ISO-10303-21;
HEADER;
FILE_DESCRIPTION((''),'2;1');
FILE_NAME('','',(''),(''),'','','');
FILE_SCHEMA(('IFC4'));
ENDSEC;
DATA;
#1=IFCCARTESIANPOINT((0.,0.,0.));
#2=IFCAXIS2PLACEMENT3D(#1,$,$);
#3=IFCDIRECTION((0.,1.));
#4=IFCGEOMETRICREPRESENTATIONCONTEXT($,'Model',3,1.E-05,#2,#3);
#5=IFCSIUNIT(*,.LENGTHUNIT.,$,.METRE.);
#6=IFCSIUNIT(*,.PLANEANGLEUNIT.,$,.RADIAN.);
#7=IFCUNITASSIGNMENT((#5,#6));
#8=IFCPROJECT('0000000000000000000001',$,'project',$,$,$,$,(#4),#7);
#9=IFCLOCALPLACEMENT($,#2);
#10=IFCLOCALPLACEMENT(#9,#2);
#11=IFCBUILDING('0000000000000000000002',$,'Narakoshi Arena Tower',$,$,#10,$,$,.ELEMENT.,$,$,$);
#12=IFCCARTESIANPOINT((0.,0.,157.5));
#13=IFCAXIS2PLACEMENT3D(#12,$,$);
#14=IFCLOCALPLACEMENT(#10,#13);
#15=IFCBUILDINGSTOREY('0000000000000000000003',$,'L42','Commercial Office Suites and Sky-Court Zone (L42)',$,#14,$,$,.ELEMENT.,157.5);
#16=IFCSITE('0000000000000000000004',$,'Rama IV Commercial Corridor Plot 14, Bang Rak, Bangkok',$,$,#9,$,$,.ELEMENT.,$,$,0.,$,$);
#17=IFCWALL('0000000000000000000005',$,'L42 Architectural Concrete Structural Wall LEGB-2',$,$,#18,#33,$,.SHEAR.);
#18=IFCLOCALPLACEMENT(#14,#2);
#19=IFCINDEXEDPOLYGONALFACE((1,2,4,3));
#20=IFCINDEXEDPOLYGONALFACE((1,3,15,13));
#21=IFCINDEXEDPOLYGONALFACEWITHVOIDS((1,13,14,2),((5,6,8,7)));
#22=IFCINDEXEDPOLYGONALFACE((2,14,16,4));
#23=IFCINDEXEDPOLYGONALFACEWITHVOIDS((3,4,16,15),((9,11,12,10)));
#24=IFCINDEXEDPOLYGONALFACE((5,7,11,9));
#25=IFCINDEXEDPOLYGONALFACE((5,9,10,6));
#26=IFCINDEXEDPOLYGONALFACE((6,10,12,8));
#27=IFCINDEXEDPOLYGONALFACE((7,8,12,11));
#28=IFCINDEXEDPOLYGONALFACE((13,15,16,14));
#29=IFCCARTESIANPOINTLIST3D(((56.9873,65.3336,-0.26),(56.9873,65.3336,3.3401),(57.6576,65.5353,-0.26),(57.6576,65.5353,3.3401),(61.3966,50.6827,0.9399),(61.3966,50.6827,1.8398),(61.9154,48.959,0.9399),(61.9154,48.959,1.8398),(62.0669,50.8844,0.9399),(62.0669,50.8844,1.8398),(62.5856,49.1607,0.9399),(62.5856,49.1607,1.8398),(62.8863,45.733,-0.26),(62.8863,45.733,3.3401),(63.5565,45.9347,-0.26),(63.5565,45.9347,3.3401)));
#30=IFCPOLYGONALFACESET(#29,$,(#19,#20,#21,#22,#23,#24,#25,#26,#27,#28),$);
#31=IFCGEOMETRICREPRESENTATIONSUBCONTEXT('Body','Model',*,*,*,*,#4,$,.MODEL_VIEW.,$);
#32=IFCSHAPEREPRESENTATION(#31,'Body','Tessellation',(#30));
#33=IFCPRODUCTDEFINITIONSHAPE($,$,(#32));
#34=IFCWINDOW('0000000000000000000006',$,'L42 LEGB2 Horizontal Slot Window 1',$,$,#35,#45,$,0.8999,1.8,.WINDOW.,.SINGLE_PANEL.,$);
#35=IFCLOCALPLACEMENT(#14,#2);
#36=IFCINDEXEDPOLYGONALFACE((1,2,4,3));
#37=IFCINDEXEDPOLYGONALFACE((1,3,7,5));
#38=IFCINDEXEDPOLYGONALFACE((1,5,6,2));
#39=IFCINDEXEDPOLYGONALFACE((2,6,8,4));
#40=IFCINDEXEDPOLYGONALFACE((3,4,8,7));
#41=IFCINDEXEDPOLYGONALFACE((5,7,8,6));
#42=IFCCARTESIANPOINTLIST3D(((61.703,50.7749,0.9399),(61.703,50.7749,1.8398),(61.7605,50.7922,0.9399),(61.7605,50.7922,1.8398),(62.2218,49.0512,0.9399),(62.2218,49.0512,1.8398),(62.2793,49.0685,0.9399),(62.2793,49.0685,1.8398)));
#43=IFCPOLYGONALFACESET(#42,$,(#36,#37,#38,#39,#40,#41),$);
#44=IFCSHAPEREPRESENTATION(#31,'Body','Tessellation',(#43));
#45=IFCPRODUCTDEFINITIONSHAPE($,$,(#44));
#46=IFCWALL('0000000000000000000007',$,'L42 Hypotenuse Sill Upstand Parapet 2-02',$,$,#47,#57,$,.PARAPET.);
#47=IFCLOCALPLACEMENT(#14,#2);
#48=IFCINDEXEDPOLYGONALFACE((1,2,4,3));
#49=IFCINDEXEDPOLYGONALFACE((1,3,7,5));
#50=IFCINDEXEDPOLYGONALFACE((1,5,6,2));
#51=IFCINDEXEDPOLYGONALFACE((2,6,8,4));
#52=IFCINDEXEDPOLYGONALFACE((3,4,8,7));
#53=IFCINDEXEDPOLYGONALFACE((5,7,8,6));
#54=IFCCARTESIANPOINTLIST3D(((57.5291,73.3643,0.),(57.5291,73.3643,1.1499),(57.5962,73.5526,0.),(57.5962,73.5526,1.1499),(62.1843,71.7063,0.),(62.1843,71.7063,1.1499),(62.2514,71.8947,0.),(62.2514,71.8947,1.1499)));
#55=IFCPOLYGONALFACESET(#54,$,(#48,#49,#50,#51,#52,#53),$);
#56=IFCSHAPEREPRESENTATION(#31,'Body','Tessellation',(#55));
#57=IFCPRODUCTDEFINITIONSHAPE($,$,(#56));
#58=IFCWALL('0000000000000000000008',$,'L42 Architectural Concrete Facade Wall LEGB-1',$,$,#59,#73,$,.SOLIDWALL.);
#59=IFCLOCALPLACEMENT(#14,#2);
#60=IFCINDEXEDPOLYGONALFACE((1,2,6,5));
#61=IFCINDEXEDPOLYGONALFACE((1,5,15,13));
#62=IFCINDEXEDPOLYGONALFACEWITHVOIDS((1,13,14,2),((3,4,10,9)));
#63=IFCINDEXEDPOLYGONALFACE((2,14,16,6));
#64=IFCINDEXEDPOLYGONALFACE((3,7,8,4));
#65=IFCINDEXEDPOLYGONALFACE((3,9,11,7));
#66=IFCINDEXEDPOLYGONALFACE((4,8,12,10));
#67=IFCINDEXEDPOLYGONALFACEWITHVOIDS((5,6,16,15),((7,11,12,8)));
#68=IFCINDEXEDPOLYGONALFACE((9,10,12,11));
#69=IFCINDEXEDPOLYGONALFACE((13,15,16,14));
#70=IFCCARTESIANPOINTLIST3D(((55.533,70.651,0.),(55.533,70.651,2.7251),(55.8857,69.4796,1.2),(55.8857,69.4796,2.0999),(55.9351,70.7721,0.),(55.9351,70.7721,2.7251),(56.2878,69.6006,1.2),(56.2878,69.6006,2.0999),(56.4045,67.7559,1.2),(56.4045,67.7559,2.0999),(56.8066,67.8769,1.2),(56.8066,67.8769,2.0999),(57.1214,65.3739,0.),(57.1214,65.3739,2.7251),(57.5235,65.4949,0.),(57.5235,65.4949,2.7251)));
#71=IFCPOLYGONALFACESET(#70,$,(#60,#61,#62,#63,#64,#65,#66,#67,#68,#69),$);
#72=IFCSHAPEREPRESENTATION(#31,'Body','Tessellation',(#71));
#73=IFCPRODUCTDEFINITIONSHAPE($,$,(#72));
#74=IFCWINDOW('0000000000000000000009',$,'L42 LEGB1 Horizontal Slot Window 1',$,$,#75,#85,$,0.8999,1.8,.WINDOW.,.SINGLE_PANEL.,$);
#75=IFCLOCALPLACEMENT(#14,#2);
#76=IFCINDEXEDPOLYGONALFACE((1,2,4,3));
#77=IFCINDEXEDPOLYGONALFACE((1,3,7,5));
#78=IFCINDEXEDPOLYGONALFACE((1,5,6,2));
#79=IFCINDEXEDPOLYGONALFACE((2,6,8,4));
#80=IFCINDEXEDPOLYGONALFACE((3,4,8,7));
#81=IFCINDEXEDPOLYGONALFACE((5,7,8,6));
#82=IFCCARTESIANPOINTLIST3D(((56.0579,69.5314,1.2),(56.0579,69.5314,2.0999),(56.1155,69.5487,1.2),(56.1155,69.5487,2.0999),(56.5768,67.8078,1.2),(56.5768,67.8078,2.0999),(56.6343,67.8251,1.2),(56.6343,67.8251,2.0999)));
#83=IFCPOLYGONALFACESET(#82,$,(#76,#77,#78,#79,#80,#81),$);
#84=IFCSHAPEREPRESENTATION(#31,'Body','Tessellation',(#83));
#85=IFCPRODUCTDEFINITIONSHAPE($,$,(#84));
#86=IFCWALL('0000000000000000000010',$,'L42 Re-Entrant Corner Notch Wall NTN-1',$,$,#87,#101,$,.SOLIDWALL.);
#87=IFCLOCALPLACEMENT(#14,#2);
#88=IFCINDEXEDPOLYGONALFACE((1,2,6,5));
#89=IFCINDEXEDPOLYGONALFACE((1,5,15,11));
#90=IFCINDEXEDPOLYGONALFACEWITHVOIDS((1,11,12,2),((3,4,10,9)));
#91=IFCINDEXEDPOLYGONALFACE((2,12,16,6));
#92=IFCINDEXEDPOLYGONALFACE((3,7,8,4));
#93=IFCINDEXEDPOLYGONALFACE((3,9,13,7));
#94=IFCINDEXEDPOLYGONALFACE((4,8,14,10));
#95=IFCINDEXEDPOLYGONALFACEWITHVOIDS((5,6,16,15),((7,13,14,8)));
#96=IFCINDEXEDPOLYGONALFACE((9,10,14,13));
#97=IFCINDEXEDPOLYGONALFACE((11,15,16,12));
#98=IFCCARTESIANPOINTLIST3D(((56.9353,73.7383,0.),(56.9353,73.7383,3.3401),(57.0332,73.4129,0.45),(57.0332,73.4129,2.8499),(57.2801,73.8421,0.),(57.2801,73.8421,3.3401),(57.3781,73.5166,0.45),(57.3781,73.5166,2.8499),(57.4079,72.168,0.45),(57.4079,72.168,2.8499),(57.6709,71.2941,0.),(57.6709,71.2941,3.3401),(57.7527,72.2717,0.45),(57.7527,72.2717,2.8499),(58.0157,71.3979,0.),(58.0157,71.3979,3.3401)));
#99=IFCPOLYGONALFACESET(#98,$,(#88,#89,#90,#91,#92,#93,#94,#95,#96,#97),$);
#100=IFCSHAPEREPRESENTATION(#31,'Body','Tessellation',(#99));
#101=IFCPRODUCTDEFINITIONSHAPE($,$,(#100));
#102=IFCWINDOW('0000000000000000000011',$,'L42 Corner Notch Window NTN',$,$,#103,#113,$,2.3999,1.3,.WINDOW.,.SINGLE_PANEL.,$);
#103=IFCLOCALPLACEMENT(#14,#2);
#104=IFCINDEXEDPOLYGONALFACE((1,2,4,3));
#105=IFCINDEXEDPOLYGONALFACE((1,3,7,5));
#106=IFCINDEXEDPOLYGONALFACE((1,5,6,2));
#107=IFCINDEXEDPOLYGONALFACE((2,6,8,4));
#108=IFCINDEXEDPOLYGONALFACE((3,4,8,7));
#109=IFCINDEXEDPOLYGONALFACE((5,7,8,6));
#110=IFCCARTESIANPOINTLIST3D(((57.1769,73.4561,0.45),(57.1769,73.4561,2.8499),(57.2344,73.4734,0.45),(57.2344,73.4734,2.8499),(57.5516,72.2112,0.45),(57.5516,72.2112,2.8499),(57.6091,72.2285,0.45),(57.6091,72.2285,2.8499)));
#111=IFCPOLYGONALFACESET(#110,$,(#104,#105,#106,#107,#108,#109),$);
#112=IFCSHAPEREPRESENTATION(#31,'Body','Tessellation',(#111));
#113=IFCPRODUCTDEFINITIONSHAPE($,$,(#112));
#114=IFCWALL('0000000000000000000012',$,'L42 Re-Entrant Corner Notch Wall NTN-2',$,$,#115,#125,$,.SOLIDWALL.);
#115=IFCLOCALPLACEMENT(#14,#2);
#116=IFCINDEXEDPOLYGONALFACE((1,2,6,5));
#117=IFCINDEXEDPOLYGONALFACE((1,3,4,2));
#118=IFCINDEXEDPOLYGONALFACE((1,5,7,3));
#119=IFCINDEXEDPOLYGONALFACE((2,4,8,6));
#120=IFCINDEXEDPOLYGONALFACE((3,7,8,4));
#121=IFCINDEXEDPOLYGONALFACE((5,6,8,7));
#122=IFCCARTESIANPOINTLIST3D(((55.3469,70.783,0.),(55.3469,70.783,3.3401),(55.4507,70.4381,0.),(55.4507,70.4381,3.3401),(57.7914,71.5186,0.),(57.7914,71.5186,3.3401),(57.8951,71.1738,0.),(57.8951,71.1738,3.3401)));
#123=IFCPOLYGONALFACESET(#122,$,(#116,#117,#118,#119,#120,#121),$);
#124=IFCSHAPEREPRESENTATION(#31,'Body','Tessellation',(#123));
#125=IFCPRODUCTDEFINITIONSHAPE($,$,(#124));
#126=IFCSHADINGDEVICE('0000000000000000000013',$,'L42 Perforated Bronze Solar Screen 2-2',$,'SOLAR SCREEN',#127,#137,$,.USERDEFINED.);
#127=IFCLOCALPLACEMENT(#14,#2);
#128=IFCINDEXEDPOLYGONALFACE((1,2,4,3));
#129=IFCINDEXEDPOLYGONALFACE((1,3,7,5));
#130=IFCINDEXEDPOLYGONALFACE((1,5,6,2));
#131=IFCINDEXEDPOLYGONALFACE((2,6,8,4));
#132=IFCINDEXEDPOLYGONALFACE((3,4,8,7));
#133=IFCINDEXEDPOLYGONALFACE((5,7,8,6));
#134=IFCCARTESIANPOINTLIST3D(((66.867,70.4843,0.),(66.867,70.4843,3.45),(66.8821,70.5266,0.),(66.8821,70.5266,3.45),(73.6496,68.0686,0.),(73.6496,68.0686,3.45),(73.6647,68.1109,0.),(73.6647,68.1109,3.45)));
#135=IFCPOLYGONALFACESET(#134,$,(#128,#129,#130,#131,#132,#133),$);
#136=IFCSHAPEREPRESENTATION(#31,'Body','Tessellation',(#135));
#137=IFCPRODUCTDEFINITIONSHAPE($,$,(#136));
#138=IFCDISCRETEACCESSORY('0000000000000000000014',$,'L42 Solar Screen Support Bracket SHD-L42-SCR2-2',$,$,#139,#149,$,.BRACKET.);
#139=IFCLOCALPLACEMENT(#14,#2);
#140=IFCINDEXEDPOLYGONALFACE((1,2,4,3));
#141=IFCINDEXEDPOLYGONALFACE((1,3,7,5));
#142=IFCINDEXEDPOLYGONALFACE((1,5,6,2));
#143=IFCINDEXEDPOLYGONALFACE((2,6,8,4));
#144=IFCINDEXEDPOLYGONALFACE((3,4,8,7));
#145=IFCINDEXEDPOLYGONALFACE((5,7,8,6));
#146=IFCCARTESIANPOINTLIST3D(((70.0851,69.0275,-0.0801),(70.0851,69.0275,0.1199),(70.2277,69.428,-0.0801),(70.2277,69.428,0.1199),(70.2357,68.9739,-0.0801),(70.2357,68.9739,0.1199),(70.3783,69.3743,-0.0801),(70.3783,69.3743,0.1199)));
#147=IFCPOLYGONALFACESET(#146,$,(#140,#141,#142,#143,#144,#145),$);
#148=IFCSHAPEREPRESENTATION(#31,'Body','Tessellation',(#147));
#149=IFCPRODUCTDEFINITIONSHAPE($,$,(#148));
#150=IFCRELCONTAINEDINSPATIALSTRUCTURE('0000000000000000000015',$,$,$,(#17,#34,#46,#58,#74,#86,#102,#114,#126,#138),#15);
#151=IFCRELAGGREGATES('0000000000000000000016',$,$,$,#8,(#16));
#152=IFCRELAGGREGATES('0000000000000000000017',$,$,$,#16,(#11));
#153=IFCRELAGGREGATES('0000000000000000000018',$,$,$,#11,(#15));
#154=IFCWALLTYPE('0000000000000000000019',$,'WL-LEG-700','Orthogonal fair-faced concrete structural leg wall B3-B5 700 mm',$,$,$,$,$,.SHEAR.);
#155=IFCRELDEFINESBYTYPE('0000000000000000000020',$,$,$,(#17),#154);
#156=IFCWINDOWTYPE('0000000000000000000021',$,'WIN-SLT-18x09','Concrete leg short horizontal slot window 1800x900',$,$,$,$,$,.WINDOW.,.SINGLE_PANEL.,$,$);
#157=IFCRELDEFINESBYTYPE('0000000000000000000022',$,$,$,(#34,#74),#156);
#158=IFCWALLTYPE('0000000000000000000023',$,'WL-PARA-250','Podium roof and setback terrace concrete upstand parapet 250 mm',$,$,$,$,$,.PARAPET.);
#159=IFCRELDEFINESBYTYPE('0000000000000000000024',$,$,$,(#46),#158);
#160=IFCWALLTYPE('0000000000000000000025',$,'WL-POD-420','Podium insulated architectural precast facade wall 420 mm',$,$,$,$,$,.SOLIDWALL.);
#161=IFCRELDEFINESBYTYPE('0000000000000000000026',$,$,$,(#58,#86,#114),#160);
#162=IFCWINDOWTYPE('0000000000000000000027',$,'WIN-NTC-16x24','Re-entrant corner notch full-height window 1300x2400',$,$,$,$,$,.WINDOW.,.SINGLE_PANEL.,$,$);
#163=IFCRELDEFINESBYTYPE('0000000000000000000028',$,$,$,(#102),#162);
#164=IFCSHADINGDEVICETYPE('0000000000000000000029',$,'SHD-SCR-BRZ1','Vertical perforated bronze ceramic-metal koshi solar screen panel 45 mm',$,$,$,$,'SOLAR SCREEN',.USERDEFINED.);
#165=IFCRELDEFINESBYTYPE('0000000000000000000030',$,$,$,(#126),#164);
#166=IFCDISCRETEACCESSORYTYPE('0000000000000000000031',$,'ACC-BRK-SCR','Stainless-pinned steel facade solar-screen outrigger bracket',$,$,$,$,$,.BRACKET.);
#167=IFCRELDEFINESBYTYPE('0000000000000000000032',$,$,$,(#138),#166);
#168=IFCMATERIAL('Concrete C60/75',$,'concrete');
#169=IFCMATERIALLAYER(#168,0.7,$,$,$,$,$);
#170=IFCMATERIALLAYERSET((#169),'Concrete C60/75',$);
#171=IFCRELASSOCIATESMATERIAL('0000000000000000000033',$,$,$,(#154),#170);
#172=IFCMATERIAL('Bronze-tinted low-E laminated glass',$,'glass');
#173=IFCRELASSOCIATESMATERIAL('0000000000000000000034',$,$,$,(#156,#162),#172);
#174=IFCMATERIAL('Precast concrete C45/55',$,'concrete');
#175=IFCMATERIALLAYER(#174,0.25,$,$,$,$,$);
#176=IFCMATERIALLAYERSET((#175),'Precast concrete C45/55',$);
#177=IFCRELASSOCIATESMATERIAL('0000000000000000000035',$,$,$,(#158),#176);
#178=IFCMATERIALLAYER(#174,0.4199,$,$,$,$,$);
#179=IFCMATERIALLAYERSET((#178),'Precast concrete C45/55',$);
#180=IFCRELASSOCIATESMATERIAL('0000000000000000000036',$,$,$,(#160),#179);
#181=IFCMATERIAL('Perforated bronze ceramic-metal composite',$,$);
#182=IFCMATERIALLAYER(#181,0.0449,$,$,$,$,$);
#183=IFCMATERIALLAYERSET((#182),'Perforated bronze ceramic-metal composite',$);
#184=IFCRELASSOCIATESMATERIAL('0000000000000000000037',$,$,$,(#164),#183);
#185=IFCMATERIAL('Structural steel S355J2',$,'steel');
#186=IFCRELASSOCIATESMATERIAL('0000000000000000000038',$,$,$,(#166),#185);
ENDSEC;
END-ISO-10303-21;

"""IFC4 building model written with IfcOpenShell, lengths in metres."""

from ifc_helpers import new_model, si_unit, direction, frame, frame_2d, origin, origin_2d, place, context, subcontext, project, spatial, rectangle, extrude, material, layer, layer_set, type_object, element, fill, save


model = new_model("IFC4")

# Units and contexts
model_context = context("Model", 3, precision=1e-05, world=origin(), true_north=direction((0.0, 1.0)))
body_context = subcontext(model_context, "Body", "Model", "MODEL_VIEW")
ifc_project = project(units=[si_unit("LENGTHUNIT", "METRE"), si_unit("PLANEANGLEUNIT", "RADIAN")], contexts=[model_context])

# Site, building, storey
site_placement = place(None, origin())
site = spatial("IfcSite", under=ifc_project, at=site_placement, Name="Rama IV Commercial Corridor Plot 14, Bang Rak, Bangkok", CompositionType="ELEMENT", RefElevation=0.0)
building_placement = place(site_placement, origin())
building = spatial("IfcBuilding", under=site, at=building_placement, Name="Narakoshi Arena Tower", CompositionType="ELEMENT")
storey_placement = place(building_placement, frame((0.0, 0.0, 157.5)))
storey = spatial("IfcBuildingStorey", under=building, at=storey_placement, Name="L42", Description="Commercial Office Suites and Sky-Court Zone (L42)", CompositionType="ELEMENT", Elevation=157.5)

# Shared definitions
ifc_material_1 = material(Name="Concrete C60/75", Category="concrete")

# Shared definitions
ifc_material_2 = material(Name="Structural steel S355J2", Category="steel")

# Shared definitions
ifc_material_3 = material(Name="Bronze-tinted low-E laminated glass", Category="glass")

# Wall, opening, window
ifc_layer_1 = layer(ifc_material_1, 0.7)
ifc_layer_set_1 = layer_set([ifc_layer_1], Name="Concrete C60/75")
wall_type_1 = type_object("IfcWallType", Name="WL-LEG-700", Description="Orthogonal fair-faced concrete structural leg wall B3-B5 700 mm", PredefinedType="SHEAR", material=ifc_layer_set_1)
wall_1_placement = place(storey_placement, frame((57.3225, 65.4343, -0.26), z_axis=(0.0, 0.0, 1.0), x_axis=(0.288188, -0.957574, 0.0)))
wall_1 = element("IfcWall", 1, at=wall_1_placement, inside=storey, type_object=wall_type_1, Name="L42 Architectural Concrete Structural Wall LEGB-2", PredefinedType="SHEAR", context=body_context, shape_type="SweptSolid", body=[
    extrude(rectangle(XDim=20.469, YDim=0.7, at=frame_2d((10.2344, 0.0))), origin(), (0.0, 0.0, 1.0), 3.6001),
])
opening_1_placement = place(wall_1_placement, frame((15.3, 0.0, 1.2)))
opening_1 = element("IfcOpeningElement", 2, at=opening_1_placement, cuts=wall_1, PredefinedType="OPENING", context=body_context, shape_type="SweptSolid", body=[
    extrude(rectangle(XDim=1.8, YDim=0.8999, at=frame_2d((0.8999, 0.45))), frame((0.0, 0.3599, 0.0), z_axis=(0.0, -1.0, 0.0), x_axis=(1.0, 0.0, 0.0)), (0.0, 0.0, 1.0), 0.72),
])
window_type_1 = type_object("IfcWindowType", Name="WIN-SLT-18x09", Description="Concrete leg short horizontal slot window 1800x900", PartitioningType="SINGLE_PANEL", PredefinedType="WINDOW", material=ifc_material_3)
window_1_placement = place(opening_1_placement, origin())
window_1 = element("IfcWindow", 3, at=window_1_placement, inside=storey, type_object=window_type_1, Name="L42 LEGB2 Horizontal Slot Window 1", OverallHeight=0.8999, OverallWidth=1.8, PartitioningType="SINGLE_PANEL", PredefinedType="WINDOW", context=body_context, shape_type="SweptSolid", body=[
    extrude(rectangle(XDim=1.8, YDim=0.8999, at=frame_2d((0.8999, 0.45))), frame((0.0, 0.03, 0.0), z_axis=(0.0, -1.0, 0.0), x_axis=(1.0, 0.0, 0.0)), (0.0, 0.0, 1.0), 0.0601),
])
fill(opening_1, window_1)

# Wall
ifc_material_4 = material(Name="Precast concrete C45/55", Category="concrete")
ifc_layer_2 = layer(ifc_material_4, 0.25)
ifc_layer_set_2 = layer_set([ifc_layer_2], Name="Precast concrete C45/55")
wall_type_2 = type_object("IfcWallType", Name="WL-PARA-250", Description="Podium roof and setback terrace concrete upstand parapet 250 mm", PredefinedType="PARAPET", material=ifc_layer_set_2)
wall_2_placement = place(storey_placement, frame((62.2178, 71.8005, 0.0), z_axis=(0.0, 0.0, 1.0), x_axis=(-0.942039, 0.335504, 0.0)))
element("IfcWall", 4, at=wall_2_placement, inside=storey, type_object=wall_type_2, Name="L42 Hypotenuse Sill Upstand Parapet 2-02", PredefinedType="PARAPET", context=body_context, shape_type="SweptSolid", body=[
    extrude(rectangle(XDim=4.9417, YDim=0.2, at=frame_2d((2.4707, 0.0))), origin(), (0.0, 0.0, 1.0), 1.1499),
])

# Walls, openings, windows
ifc_layer_3 = layer(ifc_material_4, 0.4199)
ifc_layer_set_3 = layer_set([ifc_layer_3], Name="Precast concrete C45/55")
wall_type_3 = type_object("IfcWallType", Name="WL-POD-420", Description="Podium insulated architectural precast facade wall 420 mm", PredefinedType="SOLIDWALL", material=ifc_layer_set_3)
wall_3_placement = place(storey_placement, frame((55.7341, 70.7114, 0.0), z_axis=(0.0, 0.0, 1.0), x_axis=(0.288222, -0.957564, 0.0)))
wall_3 = element("IfcWall", 5, at=wall_3_placement, inside=storey, type_object=wall_type_3, Name="L42 Architectural Concrete Facade Wall LEGB-1", PredefinedType="SOLIDWALL", context=body_context, shape_type="SweptSolid", body=[
    extrude(rectangle(XDim=5.511, YDim=0.4199, at=frame_2d((2.7554, 0.0))), origin(), (0.0, 0.0, 1.0), 2.7251),
])
opening_2_placement = place(wall_3_placement, frame((1.2234, 0.0, 1.2)))
opening_2 = element("IfcOpeningElement", 6, at=opening_2_placement, cuts=wall_3, PredefinedType="OPENING", context=body_context, shape_type="SweptSolid", body=[
    extrude(rectangle(XDim=1.8, YDim=0.8999, at=frame_2d((0.8999, 0.45))), frame((0.0, 0.22, 0.0), z_axis=(0.0, -1.0, 0.0), x_axis=(1.0, 0.0, 0.0)), (0.0, 0.0, 1.0), 0.4399),
])
window_2_placement = place(opening_2_placement, origin())
window_2 = element("IfcWindow", 7, at=window_2_placement, inside=storey, type_object=window_type_1, Name="L42 LEGB1 Horizontal Slot Window 1", OverallHeight=0.8999, OverallWidth=1.8, PartitioningType="SINGLE_PANEL", PredefinedType="WINDOW", context=body_context, shape_type="SweptSolid", body=[
    extrude(rectangle(XDim=1.8, YDim=0.8999, at=frame_2d((0.8999, 0.45))), frame((0.0, 0.03, 0.0), z_axis=(0.0, -1.0, 0.0), x_axis=(1.0, 0.0, 0.0)), (0.0, 0.0, 1.0), 0.0601),
])
fill(opening_2, window_2)
wall_4_placement = place(storey_placement, frame((57.1077, 73.7903, 0.0), z_axis=(0.0, 0.0, 1.0), x_axis=(0.288199, -0.957571, 0.0)))
wall_4 = element("IfcWall", 8, at=wall_4_placement, inside=storey, type_object=wall_type_3, Name="L42 Re-Entrant Corner Notch Wall NTN-1", PredefinedType="SOLIDWALL", context=body_context, shape_type="SweptSolid", body=[
    extrude(rectangle(XDim=2.5525, YDim=0.3601, at=frame_2d((1.2764, 0.0))), origin(), (0.0, 0.0, 1.0), 3.3401),
])
opening_3_placement = place(wall_4_placement, frame((0.3401, 0.0, 0.45)))
opening_3 = element("IfcOpeningElement", 9, at=opening_3_placement, cuts=wall_4, PredefinedType="OPENING", context=body_context, shape_type="SweptSolid", body=[
    extrude(rectangle(XDim=1.3, YDim=2.3999, at=frame_2d((0.6499, 1.2))), frame((0.0, 0.1899, 0.0), z_axis=(0.0, -1.0, 0.0), x_axis=(1.0, 0.0, 0.0)), (0.0, 0.0, 1.0), 0.3801),
])
window_type_2 = type_object("IfcWindowType", Name="WIN-NTC-16x24", Description="Re-entrant corner notch full-height window 1300x2400", PartitioningType="SINGLE_PANEL", PredefinedType="WINDOW", material=ifc_material_3)
window_3_placement = place(opening_3_placement, origin())
window_3 = element("IfcWindow", 10, at=window_3_placement, inside=storey, type_object=window_type_2, Name="L42 Corner Notch Window NTN", OverallHeight=2.3999, OverallWidth=1.3, PartitioningType="SINGLE_PANEL", PredefinedType="WINDOW", context=body_context, shape_type="SweptSolid", body=[
    extrude(rectangle(XDim=1.3, YDim=2.3999, at=frame_2d((0.6499, 1.2))), frame((0.0, 0.03, 0.0), z_axis=(0.0, -1.0, 0.0), x_axis=(1.0, 0.0, 0.0)), (0.0, 0.0, 1.0), 0.0601),
])
fill(opening_3, window_3)

# Wall
wall_5_placement = place(storey_placement, frame((57.8433, 71.3462, 0.0), z_axis=(0.0, 0.0, 1.0), x_axis=(-0.957578, -0.288173, 0.0)))
element("IfcWall", 11, at=wall_5_placement, inside=storey, type_object=wall_type_3, Name="L42 Re-Entrant Corner Notch Wall NTN-2", PredefinedType="SOLIDWALL", context=body_context, shape_type="SweptSolid", body=[
    extrude(rectangle(XDim=2.5527, YDim=0.3601, at=frame_2d((1.2764, 0.0))), origin(), (0.0, 0.0, 1.0), 3.3401),
])

# Shading device
ifc_material_5 = material(Name="Perforated bronze ceramic-metal composite")
ifc_layer_4 = layer(ifc_material_5, 0.0449)
ifc_layer_set_4 = layer_set([ifc_layer_4], Name="Perforated bronze ceramic-metal composite")
shading_device_type = type_object("IfcShadingDeviceType", Name="SHD-SCR-BRZ1", Description="Vertical perforated bronze ceramic-metal koshi solar screen panel 45 mm", ElementType="SOLAR SCREEN", PredefinedType="USERDEFINED", material=ifc_layer_set_4)
shading_device_placement = place(storey_placement, frame((70.2659, 69.2976, 0.0), z_axis=(0.0, 0.0, 1.0), x_axis=(-0.942034, 0.335517, 0.0)))
element("IfcShadingDevice", 12, at=shading_device_placement, inside=storey, type_object=shading_device_type, Name="L42 Perforated Bronze Solar Screen 2-2", ObjectType="SOLAR SCREEN", PredefinedType="USERDEFINED", context=body_context, shape_type="SweptSolid", body=[
    extrude(rectangle(XDim=7.2, YDim=0.0449, at=origin_2d()), origin(), (0.0, 0.0, 1.0), 3.45),
])

# Discrete accessory
discrete_accessory_type = type_object("IfcDiscreteAccessoryType", Name="ACC-BRK-SCR", Description="Stainless-pinned steel facade solar-screen outrigger bracket", PredefinedType="BRACKET", material=ifc_material_2)
discrete_accessory_placement = place(storey_placement, frame((70.2317, 69.2009, -0.0801), z_axis=(0.0, 0.0, 1.0), x_axis=(-0.942034, 0.335517, 0.0)))
element("IfcDiscreteAccessory", 13, at=discrete_accessory_placement, inside=storey, type_object=discrete_accessory_type, Name="L42 Solar Screen Support Bracket SHD-L42-SCR2-2", PredefinedType="BRACKET", context=body_context, shape_type="SweptSolid", body=[
    extrude(rectangle(XDim=0.1599, YDim=0.425, at=origin_2d()), origin(), (0.0, 0.0, 1.0), 0.2),
])

save(model, "model.ifc")
